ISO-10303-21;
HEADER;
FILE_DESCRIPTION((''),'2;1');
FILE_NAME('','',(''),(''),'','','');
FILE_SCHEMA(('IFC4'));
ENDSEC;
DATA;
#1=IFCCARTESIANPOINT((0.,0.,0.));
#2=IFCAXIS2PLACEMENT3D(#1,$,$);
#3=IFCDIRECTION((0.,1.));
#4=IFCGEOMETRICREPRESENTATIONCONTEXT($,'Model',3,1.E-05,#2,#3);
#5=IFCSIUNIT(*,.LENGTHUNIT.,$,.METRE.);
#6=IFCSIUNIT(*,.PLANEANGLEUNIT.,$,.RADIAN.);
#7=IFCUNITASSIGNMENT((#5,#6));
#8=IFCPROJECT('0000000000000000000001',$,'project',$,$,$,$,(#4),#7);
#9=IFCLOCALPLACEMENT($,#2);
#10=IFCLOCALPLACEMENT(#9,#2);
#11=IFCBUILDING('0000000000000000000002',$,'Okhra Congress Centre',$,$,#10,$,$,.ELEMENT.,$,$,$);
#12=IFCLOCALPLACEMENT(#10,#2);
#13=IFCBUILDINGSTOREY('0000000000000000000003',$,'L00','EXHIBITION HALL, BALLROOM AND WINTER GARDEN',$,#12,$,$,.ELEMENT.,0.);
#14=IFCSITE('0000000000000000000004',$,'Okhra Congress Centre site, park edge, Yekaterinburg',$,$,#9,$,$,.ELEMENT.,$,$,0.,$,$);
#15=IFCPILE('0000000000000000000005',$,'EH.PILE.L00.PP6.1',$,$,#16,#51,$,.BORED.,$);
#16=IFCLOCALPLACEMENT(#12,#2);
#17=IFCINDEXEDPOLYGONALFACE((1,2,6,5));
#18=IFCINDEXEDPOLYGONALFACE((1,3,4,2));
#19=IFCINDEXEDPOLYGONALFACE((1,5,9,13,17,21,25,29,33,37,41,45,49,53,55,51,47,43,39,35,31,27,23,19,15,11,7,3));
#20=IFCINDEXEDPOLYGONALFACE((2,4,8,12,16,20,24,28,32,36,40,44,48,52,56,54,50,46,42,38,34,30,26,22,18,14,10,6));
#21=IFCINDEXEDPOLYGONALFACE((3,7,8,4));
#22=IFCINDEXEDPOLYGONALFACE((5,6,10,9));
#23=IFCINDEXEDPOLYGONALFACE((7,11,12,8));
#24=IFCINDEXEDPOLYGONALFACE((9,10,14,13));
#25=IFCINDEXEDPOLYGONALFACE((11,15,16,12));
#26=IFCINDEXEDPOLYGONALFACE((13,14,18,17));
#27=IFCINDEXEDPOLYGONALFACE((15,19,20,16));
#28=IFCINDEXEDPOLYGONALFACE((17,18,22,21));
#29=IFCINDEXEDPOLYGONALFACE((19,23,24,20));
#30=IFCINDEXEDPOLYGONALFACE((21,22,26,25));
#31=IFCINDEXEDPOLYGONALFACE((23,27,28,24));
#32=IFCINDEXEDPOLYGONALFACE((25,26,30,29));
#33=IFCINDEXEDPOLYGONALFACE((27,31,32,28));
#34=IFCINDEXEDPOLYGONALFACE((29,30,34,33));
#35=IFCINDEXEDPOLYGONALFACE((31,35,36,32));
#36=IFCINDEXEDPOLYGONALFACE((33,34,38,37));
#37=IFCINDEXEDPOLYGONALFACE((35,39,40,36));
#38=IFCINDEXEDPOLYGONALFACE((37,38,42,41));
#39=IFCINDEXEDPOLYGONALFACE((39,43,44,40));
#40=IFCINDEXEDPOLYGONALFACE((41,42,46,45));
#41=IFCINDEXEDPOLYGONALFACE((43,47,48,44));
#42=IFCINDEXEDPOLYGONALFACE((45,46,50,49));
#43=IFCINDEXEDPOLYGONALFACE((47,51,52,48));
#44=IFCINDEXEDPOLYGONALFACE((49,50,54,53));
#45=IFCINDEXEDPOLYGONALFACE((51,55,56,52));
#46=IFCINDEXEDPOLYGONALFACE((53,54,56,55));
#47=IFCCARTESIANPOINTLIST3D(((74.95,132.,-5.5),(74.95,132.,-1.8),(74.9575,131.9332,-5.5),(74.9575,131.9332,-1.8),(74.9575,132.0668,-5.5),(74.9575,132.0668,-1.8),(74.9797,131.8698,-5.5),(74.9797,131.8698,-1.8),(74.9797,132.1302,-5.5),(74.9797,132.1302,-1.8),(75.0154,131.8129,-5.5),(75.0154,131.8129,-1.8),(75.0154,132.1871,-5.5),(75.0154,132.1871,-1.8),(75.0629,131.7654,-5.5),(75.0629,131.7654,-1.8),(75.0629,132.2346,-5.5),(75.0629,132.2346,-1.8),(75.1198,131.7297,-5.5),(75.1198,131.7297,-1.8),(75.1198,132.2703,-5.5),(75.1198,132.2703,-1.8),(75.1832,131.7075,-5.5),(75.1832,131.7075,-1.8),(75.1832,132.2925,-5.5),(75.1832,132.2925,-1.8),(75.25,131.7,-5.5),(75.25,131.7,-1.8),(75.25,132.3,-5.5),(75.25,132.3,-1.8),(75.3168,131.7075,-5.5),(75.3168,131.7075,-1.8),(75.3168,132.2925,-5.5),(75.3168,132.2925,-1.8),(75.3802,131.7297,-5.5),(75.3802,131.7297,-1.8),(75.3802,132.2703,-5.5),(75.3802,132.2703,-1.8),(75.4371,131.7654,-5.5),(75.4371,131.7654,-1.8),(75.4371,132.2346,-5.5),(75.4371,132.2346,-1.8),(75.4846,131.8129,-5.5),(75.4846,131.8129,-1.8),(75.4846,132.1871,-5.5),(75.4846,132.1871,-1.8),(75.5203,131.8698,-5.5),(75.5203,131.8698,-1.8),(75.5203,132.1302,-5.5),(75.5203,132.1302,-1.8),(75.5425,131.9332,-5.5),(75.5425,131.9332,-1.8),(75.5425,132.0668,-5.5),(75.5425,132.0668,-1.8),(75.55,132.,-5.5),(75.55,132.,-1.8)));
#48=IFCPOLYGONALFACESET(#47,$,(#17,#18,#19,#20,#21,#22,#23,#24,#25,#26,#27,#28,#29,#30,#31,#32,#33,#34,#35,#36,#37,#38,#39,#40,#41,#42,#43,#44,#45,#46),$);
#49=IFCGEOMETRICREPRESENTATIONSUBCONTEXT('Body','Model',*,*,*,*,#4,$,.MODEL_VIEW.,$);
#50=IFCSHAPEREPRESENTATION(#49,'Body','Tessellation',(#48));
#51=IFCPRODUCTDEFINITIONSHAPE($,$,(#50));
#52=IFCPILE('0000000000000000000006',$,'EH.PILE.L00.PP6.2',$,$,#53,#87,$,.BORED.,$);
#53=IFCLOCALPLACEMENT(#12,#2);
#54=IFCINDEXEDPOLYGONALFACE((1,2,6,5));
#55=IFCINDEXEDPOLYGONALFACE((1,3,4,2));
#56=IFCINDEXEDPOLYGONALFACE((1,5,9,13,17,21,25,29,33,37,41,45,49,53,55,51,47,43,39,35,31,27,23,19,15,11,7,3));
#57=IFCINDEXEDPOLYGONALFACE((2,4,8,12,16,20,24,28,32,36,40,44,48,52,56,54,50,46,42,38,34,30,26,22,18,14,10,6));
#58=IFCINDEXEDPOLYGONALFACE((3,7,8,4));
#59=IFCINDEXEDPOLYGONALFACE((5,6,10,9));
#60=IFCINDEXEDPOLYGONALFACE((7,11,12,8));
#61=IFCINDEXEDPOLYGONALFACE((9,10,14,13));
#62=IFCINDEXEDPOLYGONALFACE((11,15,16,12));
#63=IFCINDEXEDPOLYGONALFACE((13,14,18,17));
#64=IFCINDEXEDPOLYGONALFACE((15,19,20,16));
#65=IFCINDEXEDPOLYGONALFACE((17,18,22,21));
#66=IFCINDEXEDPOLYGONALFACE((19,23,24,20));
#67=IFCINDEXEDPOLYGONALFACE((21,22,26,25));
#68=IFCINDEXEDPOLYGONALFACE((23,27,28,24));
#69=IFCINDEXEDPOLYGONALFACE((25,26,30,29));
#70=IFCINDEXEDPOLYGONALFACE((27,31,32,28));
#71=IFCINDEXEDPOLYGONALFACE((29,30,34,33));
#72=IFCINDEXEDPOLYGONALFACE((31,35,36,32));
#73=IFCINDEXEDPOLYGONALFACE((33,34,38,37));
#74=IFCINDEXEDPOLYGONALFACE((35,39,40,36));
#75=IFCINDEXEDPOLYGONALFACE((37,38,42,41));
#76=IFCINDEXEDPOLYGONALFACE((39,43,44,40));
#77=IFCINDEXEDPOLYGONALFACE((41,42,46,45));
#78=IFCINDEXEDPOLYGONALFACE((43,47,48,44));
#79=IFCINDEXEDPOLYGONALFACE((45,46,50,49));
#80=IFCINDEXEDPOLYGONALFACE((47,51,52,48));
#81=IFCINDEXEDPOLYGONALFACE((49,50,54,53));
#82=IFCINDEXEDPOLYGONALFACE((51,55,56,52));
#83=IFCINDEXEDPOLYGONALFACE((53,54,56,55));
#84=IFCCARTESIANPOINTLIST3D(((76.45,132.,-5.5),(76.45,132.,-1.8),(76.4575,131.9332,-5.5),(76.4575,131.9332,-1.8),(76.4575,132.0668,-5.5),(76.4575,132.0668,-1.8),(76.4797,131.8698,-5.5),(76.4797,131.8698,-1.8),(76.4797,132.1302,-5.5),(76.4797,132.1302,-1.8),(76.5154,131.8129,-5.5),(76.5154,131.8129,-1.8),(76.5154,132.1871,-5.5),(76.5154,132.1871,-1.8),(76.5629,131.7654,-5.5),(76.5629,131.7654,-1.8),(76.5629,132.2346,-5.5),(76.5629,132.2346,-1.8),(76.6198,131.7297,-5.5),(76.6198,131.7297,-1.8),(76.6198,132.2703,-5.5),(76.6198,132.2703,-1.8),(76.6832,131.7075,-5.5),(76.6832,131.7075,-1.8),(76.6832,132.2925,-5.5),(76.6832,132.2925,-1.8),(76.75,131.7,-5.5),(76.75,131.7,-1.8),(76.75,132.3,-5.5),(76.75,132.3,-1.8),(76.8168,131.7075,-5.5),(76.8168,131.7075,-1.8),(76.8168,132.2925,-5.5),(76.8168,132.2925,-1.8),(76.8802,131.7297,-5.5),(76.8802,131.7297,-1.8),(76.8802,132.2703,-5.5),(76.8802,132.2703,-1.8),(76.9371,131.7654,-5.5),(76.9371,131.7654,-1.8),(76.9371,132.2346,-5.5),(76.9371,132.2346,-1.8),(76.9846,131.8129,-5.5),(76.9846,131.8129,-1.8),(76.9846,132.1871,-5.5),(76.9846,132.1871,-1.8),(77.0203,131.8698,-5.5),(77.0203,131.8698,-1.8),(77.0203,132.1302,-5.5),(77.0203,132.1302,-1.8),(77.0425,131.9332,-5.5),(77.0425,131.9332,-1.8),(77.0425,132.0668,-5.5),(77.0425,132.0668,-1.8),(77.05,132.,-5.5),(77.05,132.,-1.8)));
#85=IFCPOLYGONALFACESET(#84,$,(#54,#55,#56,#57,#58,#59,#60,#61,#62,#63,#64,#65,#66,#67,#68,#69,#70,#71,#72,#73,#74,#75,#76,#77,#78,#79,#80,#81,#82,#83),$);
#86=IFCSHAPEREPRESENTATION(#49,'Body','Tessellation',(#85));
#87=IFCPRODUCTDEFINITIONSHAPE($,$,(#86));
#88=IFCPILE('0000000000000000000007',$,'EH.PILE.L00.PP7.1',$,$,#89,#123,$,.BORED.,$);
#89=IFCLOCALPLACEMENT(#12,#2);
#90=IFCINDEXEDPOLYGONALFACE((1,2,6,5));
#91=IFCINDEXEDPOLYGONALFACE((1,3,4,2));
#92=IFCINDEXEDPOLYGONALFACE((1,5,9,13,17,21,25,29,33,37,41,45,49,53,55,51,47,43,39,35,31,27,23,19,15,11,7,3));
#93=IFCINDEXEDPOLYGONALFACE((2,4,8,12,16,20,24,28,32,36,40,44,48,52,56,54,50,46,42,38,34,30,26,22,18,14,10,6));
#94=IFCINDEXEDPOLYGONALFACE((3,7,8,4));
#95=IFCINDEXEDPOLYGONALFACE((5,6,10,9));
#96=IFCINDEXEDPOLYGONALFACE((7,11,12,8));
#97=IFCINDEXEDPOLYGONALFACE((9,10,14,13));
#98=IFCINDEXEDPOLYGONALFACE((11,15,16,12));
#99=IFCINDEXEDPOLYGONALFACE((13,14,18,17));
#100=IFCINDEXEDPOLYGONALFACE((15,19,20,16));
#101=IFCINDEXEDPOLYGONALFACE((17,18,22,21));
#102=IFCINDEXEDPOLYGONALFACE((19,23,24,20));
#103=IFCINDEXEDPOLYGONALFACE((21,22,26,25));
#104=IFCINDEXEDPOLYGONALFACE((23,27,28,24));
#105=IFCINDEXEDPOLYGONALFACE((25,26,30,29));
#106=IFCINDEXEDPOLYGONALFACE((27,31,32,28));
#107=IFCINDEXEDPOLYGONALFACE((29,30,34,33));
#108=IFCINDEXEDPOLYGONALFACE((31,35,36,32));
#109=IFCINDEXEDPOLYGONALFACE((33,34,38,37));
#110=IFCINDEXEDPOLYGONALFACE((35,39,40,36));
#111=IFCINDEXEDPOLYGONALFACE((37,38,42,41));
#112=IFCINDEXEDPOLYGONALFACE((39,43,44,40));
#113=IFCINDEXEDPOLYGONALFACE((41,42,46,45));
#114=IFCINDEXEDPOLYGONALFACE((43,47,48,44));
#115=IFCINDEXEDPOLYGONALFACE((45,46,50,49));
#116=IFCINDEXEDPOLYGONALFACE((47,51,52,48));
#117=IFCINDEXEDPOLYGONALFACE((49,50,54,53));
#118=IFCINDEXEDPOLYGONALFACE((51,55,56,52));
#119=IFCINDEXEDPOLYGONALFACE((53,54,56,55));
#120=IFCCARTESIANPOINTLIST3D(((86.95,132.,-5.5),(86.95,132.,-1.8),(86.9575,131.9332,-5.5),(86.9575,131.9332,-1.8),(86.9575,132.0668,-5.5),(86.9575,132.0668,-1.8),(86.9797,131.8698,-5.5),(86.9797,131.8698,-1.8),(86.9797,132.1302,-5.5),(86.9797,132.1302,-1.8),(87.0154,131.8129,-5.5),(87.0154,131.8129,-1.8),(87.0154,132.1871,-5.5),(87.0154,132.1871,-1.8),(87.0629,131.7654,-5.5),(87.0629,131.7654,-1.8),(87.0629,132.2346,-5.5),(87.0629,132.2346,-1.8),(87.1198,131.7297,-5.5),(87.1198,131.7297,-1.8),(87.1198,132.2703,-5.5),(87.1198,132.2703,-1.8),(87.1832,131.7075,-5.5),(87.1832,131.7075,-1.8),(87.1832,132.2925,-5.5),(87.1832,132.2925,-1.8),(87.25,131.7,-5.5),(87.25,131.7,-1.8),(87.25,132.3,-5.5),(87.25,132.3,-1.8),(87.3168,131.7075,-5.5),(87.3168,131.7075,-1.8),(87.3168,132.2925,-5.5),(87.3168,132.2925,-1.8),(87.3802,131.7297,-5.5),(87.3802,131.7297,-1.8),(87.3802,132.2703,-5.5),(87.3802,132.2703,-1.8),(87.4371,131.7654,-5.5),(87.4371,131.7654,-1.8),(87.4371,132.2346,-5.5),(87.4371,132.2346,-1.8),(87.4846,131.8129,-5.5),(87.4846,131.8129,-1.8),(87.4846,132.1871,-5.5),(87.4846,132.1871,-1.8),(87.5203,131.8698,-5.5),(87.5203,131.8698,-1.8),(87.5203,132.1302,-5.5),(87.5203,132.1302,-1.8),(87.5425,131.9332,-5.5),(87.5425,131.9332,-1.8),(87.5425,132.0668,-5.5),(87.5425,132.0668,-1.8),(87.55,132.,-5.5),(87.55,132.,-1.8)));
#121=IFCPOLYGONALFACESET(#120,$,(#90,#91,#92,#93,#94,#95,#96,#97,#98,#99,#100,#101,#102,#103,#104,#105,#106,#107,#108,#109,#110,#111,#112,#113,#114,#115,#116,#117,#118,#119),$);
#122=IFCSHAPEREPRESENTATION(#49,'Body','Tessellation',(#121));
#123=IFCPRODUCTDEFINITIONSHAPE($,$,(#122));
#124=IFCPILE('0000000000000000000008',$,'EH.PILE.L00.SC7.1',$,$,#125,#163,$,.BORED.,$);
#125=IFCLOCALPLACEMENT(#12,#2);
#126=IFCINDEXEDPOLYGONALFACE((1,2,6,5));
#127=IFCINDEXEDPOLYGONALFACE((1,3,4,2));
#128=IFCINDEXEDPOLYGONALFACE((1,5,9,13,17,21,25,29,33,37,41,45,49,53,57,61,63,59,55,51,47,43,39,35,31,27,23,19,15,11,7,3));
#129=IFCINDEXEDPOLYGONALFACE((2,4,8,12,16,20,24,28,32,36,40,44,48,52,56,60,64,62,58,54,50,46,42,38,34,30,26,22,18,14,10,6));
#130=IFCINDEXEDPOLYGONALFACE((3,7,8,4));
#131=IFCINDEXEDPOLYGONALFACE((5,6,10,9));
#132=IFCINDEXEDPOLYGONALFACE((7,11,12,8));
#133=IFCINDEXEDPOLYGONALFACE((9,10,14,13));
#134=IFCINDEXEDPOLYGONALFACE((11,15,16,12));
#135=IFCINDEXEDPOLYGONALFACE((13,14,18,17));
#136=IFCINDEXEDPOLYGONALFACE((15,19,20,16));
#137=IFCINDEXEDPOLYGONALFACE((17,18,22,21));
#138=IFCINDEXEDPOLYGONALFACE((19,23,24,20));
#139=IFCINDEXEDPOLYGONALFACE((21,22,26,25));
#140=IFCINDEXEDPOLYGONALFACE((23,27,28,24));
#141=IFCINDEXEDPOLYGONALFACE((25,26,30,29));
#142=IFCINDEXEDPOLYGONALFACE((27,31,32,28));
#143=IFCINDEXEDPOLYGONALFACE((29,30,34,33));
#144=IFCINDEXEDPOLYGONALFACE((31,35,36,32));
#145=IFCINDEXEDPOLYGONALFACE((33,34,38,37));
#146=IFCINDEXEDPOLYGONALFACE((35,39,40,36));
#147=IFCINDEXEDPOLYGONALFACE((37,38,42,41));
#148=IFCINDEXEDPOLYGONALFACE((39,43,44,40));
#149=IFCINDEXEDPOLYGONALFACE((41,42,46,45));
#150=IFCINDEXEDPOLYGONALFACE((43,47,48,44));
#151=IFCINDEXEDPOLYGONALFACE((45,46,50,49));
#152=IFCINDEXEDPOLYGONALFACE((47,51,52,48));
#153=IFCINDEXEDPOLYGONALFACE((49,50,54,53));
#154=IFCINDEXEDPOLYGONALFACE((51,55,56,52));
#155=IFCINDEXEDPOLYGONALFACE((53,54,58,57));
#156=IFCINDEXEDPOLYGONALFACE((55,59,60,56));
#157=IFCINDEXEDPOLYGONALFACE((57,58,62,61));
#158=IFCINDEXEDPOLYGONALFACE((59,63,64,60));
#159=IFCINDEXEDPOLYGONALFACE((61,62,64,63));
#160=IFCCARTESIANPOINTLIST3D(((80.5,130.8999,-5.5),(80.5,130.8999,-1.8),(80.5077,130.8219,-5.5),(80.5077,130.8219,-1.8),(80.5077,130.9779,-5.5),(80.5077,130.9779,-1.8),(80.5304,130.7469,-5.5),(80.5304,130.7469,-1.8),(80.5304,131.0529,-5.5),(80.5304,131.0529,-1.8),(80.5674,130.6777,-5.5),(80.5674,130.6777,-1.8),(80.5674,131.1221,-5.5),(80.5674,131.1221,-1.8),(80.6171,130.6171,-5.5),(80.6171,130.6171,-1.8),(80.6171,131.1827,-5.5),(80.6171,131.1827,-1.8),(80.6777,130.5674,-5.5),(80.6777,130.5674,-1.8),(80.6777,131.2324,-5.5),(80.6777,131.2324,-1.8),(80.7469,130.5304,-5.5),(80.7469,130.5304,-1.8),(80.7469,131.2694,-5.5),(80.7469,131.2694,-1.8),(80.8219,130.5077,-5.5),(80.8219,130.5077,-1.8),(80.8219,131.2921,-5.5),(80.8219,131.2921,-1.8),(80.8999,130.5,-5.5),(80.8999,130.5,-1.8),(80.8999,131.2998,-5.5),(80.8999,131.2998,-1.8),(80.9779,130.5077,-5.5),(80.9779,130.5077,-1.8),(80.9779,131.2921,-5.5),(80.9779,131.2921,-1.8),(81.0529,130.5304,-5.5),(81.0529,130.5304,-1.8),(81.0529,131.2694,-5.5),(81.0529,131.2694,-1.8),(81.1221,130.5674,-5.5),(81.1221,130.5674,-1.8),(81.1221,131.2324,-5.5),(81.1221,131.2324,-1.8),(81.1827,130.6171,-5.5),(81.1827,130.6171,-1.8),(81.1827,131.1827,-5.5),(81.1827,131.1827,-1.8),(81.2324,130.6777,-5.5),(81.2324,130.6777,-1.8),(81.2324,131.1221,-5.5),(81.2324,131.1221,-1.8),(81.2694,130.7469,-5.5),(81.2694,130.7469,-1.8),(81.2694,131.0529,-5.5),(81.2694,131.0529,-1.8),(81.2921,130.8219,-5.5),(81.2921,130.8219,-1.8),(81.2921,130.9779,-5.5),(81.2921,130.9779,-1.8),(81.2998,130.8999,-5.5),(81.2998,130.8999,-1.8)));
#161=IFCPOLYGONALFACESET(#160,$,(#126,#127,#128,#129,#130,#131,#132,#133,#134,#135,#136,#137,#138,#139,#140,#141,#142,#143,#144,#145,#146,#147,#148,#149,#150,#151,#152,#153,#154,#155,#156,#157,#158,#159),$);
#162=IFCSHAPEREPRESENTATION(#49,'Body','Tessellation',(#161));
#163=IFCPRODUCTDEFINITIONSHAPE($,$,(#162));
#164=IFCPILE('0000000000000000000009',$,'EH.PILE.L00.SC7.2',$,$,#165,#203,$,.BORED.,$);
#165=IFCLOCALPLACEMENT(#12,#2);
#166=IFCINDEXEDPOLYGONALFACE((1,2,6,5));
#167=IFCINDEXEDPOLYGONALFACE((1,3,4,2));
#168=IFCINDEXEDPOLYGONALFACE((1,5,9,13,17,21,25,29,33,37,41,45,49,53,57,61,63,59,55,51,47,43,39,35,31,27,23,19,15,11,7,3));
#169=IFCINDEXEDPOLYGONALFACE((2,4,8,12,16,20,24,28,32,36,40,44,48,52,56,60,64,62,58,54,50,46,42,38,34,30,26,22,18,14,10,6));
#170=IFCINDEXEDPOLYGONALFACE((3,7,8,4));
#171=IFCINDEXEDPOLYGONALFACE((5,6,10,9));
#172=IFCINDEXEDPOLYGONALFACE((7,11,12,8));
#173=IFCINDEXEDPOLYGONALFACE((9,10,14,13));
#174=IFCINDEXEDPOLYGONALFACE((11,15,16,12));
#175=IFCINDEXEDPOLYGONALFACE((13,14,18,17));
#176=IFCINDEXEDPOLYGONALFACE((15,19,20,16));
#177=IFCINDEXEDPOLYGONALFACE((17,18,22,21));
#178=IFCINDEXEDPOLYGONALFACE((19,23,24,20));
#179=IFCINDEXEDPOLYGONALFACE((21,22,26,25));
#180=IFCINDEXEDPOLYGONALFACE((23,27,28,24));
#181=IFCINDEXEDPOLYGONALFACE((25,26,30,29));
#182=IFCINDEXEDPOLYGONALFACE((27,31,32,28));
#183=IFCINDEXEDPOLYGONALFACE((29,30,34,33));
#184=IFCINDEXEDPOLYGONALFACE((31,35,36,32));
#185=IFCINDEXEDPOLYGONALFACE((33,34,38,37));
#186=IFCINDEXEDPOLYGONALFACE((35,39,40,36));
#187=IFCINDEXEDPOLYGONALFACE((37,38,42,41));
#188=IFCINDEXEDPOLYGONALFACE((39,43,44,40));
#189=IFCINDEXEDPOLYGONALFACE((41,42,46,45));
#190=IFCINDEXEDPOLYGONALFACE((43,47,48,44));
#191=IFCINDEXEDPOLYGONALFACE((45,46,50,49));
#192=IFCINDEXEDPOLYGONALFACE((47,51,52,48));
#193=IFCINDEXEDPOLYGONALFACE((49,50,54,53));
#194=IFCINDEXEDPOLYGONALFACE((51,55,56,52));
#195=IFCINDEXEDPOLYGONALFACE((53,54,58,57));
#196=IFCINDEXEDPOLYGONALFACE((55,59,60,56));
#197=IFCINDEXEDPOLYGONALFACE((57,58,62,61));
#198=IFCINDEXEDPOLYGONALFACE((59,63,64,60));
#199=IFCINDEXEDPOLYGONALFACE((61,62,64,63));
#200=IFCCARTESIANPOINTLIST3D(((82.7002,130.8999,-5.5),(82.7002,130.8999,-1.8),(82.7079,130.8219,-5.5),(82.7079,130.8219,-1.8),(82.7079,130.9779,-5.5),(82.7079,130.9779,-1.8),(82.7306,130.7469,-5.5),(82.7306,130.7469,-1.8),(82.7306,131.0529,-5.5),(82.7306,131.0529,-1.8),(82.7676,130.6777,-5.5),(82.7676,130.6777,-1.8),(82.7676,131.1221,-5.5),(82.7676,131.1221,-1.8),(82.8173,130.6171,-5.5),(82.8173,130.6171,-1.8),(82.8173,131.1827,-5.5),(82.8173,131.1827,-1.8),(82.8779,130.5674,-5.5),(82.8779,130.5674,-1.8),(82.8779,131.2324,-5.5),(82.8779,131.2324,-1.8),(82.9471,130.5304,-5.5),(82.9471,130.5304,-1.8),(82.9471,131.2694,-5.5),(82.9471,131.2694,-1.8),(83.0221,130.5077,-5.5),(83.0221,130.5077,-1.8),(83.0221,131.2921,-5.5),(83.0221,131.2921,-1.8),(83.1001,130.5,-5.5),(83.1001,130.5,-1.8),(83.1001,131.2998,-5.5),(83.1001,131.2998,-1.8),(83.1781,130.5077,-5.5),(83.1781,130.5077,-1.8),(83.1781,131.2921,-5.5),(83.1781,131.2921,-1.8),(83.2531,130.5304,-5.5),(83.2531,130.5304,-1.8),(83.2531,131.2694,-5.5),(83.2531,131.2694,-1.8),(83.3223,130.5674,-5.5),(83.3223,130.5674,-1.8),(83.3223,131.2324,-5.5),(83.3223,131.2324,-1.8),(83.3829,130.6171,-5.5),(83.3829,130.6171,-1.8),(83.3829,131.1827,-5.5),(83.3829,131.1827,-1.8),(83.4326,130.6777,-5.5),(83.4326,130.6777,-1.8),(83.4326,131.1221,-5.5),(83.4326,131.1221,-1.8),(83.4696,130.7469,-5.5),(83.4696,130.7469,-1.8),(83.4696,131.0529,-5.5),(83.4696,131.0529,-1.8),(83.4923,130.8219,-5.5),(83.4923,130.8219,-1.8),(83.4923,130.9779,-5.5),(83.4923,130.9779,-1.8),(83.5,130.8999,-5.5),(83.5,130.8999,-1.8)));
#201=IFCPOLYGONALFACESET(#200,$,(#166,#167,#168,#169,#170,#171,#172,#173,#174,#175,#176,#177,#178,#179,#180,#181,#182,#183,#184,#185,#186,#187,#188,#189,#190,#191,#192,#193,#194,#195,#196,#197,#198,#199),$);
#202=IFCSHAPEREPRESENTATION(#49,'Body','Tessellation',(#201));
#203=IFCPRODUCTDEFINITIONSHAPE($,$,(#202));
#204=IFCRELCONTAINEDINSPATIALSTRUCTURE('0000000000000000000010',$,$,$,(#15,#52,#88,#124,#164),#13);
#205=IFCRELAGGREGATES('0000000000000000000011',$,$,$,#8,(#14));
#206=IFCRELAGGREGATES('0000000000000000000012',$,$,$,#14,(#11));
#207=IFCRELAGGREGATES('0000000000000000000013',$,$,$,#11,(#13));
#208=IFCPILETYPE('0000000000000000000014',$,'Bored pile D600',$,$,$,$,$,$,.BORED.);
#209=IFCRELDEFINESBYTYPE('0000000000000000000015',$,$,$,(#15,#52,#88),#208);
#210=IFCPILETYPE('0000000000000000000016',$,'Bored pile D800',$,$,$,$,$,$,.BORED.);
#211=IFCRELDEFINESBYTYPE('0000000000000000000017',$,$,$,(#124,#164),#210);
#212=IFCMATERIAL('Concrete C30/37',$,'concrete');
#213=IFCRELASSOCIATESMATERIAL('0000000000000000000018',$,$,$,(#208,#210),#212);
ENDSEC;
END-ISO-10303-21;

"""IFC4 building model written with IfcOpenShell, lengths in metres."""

from ifc_helpers import new_model, si_unit, direction, frame, origin, origin_2d, place, context, subcontext, project, spatial, circle, extrude, material, material_profile, profile_set, type_object, element, save


model = new_model("IFC4")

# Units and contexts
model_context = context("Model", 3, precision=1e-05, world=origin(), true_north=direction((0.0, 1.0)))
body_context = subcontext(model_context, "Body", "Model", "MODEL_VIEW")
ifc_project = project(units=[si_unit("LENGTHUNIT", "METRE"), si_unit("PLANEANGLEUNIT", "RADIAN")], contexts=[model_context])

# Site, building, storey
site_placement = place(None, origin())
site = spatial("IfcSite", under=ifc_project, at=site_placement, Name="Okhra Congress Centre site, park edge, Yekaterinburg", CompositionType="ELEMENT", RefElevation=0.0)
building_placement = place(site_placement, origin())
building = spatial("IfcBuilding", under=site, at=building_placement, Name="Okhra Congress Centre", CompositionType="ELEMENT")
storey_placement = place(building_placement, origin())
storey = spatial("IfcBuildingStorey", under=building, at=storey_placement, Name="L00", Description="EXHIBITION HALL, BALLROOM AND WINTER GARDEN", CompositionType="ELEMENT", Elevation=0.0)

# Piles
ifc_material_1 = material(Name="Concrete C30/37", Category="concrete")
ifc_material_profile_1 = material_profile(ifc_material_1, circle(Radius=0.3, at=origin_2d()), Name="D600")
ifc_profile_set_1 = profile_set([ifc_material_profile_1], Name="Concrete C30/37")
pile_type_1 = type_object("IfcPileType", Name="Bored pile D600", PredefinedType="BORED", material=ifc_profile_set_1)
for number, where, z_axis, x_axis, name in (
    (1, (75.25, 132.0, -1.8), (0.0, 0.0, -1.0), (1.0, 0.0, 0.0), "EH.PILE.L00.PP6.1"),
    (2, (76.75, 132.0, -1.8), (0.0, 0.0, -1.0), (1.0, 0.0, 0.0), "EH.PILE.L00.PP6.2"),
    (3, (87.25, 132.0, -1.8), (0.0, 0.0, -1.0), (1.0, 0.0, 0.0), "EH.PILE.L00.PP7.1"),
):
    element("IfcPile", number, at=place(storey_placement, frame(where, z_axis=z_axis, x_axis=x_axis)), inside=storey, type_object=pile_type_1, Name=name, PredefinedType="BORED", context=body_context, shape_type="SweptSolid", body=[
        extrude(circle(Radius=0.3, at=origin_2d()), origin(), (0.0, 0.0, 1.0), 3.7),
    ])
ifc_material_profile_2 = material_profile(ifc_material_1, circle(Radius=0.3999, at=origin_2d()), Name="D800")
ifc_profile_set_2 = profile_set([ifc_material_profile_2], Name="Concrete C30/37")
pile_type_2 = type_object("IfcPileType", Name="Bored pile D800", PredefinedType="BORED", material=ifc_profile_set_2)
for number, where, z_axis, x_axis, name in (
    (4, (80.8999, 130.8999, -1.8), (0.0, 0.0, -1.0), (1.0, 0.0, 0.0), "EH.PILE.L00.SC7.1"),
    (5, (83.1001, 130.8999, -1.8), (0.0, 0.0, -1.0), (1.0, 0.0, 0.0), "EH.PILE.L00.SC7.2"),
):
    element("IfcPile", number, at=place(storey_placement, frame(where, z_axis=z_axis, x_axis=x_axis)), inside=storey, type_object=pile_type_2, Name=name, PredefinedType="BORED", context=body_context, shape_type="SweptSolid", body=[
        extrude(circle(Radius=0.3999, at=origin_2d()), origin(), (0.0, 0.0, 1.0), 3.7),
    ])

save(model, "model.ifc")
